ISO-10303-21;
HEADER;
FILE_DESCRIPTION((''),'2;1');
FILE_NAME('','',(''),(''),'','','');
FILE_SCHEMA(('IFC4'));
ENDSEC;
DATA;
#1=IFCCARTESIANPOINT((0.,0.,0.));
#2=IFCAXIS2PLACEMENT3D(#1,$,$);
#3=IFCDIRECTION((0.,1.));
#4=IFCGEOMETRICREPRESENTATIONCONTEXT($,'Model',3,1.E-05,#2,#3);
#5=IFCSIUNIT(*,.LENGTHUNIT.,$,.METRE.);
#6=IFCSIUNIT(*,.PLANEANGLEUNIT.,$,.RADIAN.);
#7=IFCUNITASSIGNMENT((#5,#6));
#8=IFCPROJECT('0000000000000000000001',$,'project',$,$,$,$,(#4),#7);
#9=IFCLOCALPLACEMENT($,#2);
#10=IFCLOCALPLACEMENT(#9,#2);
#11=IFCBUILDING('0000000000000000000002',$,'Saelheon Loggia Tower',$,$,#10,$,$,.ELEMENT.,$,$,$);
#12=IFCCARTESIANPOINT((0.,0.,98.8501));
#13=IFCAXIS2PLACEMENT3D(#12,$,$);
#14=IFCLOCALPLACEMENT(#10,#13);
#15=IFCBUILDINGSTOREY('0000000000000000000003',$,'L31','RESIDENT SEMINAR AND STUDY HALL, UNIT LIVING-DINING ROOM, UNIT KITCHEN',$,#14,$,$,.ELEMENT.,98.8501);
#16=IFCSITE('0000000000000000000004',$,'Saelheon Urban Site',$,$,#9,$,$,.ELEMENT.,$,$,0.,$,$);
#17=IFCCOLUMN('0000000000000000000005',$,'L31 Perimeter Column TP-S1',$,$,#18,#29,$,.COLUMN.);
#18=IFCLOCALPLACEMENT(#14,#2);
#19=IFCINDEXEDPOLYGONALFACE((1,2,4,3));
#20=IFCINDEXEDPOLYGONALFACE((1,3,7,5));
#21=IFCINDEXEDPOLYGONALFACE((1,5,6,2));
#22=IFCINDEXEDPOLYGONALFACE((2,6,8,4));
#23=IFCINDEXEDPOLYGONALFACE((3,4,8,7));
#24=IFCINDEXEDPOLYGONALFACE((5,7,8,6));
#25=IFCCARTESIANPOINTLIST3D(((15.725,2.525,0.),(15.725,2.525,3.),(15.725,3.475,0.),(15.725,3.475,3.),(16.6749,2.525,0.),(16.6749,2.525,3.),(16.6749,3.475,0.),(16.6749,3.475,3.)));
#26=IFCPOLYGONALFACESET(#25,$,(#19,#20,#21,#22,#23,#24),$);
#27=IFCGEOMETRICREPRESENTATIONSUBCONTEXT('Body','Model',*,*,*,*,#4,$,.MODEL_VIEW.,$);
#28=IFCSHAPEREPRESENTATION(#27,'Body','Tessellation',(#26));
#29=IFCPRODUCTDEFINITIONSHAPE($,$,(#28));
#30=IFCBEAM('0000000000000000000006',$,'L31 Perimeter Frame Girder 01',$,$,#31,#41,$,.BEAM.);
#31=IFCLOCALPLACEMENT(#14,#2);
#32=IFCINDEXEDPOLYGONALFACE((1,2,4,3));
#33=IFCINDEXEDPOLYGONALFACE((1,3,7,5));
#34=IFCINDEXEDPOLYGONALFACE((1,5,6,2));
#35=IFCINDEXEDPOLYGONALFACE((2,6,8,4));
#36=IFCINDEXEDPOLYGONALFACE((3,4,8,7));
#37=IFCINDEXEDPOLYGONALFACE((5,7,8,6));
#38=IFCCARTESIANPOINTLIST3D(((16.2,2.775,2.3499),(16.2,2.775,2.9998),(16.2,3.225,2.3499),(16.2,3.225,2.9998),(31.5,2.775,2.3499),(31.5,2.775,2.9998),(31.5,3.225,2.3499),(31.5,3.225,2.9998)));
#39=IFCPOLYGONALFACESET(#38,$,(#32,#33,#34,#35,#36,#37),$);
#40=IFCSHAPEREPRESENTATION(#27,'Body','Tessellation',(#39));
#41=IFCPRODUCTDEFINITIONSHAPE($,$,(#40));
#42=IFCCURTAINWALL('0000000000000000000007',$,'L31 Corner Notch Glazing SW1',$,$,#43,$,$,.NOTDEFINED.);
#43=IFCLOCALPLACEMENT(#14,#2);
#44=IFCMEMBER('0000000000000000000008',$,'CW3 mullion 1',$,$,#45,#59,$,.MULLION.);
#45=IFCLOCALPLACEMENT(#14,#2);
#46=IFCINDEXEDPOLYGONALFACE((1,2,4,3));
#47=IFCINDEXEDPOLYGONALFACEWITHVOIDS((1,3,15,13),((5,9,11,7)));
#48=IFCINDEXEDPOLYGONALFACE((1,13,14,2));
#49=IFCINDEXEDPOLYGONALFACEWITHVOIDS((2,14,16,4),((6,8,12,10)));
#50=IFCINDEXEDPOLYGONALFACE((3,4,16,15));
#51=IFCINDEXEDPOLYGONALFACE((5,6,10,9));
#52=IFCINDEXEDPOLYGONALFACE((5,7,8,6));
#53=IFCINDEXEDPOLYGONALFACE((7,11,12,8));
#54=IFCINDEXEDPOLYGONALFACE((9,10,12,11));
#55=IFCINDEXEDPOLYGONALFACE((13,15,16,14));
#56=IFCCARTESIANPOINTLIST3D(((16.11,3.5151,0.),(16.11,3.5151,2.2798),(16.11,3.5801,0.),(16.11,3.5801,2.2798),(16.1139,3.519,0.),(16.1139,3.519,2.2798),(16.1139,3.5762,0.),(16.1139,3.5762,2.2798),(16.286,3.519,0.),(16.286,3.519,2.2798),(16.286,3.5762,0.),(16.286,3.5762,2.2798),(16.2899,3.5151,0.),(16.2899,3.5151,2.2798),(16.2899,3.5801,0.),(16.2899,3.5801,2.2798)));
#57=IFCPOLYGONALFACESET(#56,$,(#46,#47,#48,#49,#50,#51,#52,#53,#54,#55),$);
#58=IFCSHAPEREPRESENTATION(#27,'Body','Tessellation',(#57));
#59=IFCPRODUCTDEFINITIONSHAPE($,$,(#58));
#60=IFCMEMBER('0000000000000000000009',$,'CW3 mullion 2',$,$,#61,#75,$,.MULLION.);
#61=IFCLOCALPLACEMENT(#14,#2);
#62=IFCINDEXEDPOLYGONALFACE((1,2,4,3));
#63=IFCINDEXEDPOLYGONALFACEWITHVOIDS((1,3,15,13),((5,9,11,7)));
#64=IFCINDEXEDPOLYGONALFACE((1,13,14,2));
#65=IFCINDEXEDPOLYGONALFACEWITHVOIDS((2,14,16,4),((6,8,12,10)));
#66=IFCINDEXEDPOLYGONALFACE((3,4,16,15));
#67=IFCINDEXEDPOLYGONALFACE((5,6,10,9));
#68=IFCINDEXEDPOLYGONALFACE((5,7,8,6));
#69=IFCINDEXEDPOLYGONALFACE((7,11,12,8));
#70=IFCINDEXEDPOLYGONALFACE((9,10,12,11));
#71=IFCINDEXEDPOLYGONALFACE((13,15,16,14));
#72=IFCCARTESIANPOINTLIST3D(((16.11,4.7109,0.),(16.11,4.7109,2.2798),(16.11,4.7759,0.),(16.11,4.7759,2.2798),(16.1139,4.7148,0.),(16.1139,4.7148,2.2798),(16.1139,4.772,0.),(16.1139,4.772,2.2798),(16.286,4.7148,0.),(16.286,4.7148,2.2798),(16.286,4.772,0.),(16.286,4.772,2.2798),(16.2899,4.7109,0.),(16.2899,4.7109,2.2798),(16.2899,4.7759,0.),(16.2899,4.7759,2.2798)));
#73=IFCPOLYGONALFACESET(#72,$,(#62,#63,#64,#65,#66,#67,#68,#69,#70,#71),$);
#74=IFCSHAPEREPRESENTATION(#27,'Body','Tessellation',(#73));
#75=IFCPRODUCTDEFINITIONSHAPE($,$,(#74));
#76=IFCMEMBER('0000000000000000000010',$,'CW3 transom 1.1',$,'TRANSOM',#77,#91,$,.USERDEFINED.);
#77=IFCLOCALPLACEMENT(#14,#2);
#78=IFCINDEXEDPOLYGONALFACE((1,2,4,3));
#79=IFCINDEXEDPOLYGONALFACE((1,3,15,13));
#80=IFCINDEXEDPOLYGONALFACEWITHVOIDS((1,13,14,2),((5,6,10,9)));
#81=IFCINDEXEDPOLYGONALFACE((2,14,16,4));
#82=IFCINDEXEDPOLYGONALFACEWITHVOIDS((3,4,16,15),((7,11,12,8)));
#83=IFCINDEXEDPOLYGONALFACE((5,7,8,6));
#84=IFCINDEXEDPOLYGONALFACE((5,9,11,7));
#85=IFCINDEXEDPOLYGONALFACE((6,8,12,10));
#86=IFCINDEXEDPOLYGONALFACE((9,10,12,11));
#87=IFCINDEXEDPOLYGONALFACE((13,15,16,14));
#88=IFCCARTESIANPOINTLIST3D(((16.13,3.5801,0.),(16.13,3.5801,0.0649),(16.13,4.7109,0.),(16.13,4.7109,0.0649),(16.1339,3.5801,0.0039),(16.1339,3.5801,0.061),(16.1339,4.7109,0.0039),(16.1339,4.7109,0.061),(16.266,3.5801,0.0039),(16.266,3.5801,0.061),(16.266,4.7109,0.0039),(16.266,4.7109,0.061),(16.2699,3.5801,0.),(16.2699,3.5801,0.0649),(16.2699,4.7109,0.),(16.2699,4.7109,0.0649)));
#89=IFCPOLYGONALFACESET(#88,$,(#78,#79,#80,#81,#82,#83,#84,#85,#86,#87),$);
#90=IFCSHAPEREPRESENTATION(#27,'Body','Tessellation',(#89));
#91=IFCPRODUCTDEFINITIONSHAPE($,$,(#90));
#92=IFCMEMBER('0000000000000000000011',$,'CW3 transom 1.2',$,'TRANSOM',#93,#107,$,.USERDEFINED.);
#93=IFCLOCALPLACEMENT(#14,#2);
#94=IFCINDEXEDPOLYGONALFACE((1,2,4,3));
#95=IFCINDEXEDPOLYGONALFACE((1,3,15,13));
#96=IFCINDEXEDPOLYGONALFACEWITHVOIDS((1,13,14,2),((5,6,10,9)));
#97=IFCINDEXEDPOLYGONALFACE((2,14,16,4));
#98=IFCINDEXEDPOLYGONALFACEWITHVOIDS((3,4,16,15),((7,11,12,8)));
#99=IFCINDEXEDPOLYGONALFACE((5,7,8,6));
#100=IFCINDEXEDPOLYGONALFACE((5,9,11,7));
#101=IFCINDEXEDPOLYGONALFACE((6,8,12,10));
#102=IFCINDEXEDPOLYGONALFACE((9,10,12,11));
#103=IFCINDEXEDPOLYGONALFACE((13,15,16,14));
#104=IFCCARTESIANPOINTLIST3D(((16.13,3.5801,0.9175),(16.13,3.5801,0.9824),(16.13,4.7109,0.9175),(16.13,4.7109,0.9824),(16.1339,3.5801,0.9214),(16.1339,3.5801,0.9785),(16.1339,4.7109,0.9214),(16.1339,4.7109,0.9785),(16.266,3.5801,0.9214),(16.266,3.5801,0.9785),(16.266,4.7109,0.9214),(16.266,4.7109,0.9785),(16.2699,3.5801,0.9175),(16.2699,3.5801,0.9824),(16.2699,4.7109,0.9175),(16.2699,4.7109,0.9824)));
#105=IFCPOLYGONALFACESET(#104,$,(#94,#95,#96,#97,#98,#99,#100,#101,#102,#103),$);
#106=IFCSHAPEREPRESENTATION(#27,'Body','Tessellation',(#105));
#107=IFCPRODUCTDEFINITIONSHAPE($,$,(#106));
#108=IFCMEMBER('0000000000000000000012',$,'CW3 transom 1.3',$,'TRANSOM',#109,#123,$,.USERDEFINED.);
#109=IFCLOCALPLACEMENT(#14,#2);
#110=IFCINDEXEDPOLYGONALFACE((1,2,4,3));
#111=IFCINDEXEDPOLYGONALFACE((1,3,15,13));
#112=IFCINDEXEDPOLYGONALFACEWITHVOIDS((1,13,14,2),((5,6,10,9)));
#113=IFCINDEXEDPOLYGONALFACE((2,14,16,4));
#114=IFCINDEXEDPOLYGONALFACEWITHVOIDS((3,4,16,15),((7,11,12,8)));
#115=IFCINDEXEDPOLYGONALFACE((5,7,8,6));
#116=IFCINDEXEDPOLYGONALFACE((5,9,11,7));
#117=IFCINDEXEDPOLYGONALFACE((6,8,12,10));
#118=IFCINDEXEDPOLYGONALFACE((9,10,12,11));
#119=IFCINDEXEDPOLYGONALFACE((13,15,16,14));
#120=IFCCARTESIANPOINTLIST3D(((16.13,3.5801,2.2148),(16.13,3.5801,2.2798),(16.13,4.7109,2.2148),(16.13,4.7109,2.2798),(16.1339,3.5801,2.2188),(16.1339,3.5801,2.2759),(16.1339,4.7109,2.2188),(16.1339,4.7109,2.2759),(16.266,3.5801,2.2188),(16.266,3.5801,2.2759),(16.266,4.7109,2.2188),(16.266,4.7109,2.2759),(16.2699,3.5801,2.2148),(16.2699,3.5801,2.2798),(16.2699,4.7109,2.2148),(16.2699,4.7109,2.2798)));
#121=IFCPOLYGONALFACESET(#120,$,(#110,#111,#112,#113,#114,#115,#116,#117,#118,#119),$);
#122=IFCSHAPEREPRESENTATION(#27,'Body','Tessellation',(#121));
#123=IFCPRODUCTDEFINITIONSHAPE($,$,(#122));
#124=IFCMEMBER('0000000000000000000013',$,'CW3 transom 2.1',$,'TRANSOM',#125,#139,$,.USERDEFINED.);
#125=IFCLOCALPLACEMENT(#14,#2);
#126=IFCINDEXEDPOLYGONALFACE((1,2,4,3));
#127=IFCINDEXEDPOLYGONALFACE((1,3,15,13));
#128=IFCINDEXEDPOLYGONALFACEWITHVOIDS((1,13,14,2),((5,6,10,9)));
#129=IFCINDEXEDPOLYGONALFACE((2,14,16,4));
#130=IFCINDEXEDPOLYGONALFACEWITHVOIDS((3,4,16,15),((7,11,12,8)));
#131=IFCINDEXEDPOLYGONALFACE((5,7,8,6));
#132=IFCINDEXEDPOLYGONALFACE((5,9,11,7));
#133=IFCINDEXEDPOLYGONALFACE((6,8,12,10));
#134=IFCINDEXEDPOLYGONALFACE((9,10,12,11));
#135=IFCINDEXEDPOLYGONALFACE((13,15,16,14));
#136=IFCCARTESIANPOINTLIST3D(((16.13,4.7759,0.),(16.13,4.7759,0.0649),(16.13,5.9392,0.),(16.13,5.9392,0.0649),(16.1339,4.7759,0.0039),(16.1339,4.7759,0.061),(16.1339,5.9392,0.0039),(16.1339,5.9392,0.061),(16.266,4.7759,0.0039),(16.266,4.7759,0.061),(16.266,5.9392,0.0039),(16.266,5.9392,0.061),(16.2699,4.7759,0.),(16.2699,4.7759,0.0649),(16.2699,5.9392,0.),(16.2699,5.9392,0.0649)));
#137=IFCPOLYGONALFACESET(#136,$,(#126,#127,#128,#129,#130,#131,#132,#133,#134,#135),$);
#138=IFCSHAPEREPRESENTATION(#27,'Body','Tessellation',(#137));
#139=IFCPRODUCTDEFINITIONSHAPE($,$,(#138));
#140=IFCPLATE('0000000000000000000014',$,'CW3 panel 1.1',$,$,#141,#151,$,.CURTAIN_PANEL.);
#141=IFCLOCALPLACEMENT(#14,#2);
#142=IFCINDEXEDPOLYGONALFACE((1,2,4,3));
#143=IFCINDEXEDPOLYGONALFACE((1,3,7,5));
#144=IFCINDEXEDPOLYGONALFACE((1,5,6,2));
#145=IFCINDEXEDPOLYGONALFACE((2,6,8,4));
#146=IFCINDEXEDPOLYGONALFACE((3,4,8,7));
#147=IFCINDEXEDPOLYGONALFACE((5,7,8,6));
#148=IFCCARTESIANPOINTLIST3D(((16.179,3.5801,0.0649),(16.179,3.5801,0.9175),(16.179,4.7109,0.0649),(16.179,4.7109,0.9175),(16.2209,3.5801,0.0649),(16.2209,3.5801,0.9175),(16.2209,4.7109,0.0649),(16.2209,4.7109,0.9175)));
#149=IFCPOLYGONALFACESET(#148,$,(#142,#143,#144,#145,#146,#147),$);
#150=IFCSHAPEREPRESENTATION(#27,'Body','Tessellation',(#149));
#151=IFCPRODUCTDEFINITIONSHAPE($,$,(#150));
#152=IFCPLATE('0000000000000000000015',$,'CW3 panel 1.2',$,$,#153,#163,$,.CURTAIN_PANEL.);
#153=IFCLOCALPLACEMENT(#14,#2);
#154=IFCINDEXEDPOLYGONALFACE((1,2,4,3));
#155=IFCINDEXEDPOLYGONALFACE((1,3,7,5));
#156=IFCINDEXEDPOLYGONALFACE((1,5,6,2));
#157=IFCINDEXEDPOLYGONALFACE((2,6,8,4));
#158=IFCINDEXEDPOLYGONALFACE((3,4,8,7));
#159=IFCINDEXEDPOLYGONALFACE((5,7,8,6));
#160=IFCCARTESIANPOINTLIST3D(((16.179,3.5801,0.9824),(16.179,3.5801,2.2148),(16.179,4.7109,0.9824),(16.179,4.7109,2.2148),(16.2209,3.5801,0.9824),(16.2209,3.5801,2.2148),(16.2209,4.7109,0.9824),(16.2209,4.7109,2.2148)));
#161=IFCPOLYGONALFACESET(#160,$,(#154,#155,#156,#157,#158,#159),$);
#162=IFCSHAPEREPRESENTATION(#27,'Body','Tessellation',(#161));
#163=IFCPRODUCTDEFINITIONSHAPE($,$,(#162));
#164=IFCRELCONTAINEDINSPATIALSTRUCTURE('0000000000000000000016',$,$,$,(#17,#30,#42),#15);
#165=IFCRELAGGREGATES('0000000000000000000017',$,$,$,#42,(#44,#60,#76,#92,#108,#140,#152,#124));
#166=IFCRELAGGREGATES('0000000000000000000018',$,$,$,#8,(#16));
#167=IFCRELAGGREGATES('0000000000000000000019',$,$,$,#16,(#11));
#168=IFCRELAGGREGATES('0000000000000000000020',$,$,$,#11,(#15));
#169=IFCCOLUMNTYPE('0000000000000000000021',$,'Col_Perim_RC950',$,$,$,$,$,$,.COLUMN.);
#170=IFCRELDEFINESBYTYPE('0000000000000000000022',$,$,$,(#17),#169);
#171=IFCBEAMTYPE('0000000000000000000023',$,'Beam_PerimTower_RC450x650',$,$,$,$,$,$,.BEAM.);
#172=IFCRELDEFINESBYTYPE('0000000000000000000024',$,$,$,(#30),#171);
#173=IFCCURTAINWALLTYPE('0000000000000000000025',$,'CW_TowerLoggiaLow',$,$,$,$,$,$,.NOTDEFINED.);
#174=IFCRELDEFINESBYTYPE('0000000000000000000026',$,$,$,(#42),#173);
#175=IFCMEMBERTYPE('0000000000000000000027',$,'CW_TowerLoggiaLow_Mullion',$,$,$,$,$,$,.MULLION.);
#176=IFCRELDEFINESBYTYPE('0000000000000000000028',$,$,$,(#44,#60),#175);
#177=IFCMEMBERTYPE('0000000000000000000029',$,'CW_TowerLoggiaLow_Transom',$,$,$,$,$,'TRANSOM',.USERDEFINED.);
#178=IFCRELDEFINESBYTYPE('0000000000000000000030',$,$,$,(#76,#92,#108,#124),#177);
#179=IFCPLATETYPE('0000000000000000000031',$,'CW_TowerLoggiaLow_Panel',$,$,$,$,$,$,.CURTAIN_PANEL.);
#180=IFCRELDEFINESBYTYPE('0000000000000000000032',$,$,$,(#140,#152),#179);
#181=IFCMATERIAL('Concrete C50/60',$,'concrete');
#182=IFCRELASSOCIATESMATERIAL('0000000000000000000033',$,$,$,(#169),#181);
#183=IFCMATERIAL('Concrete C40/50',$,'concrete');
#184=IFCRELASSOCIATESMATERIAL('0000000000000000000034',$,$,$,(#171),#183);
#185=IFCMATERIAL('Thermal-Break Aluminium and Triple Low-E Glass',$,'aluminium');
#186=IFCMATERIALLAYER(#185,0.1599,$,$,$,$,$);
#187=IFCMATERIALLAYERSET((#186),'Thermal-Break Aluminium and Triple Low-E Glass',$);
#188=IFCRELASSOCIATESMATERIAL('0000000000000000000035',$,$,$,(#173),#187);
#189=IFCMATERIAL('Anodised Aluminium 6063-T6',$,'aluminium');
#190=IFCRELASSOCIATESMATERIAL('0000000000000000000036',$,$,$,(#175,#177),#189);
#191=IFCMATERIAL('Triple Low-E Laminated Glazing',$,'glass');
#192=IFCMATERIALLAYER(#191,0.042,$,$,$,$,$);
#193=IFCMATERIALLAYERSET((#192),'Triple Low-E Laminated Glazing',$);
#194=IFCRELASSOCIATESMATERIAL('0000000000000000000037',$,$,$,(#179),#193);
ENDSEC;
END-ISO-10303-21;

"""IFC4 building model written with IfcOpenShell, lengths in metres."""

from ifc_helpers import new_model, si_unit, direction, frame, origin, origin_2d, place, context, subcontext, project, spatial, rectangle, hollow_rectangle, extrude, source, transform, mapped, material, layer, layer_set, material_profile, profile_set, type_object, element, aggregate, save


model = new_model("IFC4")

# Units and contexts
model_context = context("Model", 3, precision=1e-05, world=origin(), true_north=direction((0.0, 1.0)))
body_context = subcontext(model_context, "Body", "Model", "MODEL_VIEW")
ifc_project = project(units=[si_unit("LENGTHUNIT", "METRE"), si_unit("PLANEANGLEUNIT", "RADIAN")], contexts=[model_context])

# Site, building, storey
site_placement = place(None, origin())
site = spatial("IfcSite", under=ifc_project, at=site_placement, Name="Saelheon Urban Site", CompositionType="ELEMENT", RefElevation=0.0)
building_placement = place(site_placement, origin())
building = spatial("IfcBuilding", under=site, at=building_placement, Name="Saelheon Loggia Tower", CompositionType="ELEMENT")
storey_placement = place(building_placement, frame((0.0, 0.0, 98.8501)))
storey = spatial("IfcBuildingStorey", under=building, at=storey_placement, Name="L31", Description="RESIDENT SEMINAR AND STUDY HALL, UNIT LIVING-DINING ROOM, UNIT KITCHEN", CompositionType="ELEMENT", Elevation=98.8501)

# Column
ifc_material_1 = material(Name="Concrete C50/60", Category="concrete")
ifc_material_profile_1 = material_profile(ifc_material_1, rectangle(XDim=0.95, YDim=0.95, at=origin_2d()), Name="RC-950x950")
ifc_profile_set_1 = profile_set([ifc_material_profile_1], Name="Concrete C50/60")
column_type = type_object("IfcColumnType", Name="Col_Perim_RC950", PredefinedType="COLUMN", material=ifc_profile_set_1)
shared_shape_1 = source(origin(), body_context, "Body", "SweptSolid", [
    extrude(rectangle(XDim=0.95, YDim=0.95, at=origin_2d()), origin(), (0.0, 0.0, 1.0), 3.0),
])
column_placement = place(storey_placement, frame((16.2, 3.0, 0.0), z_axis=(0.0, 0.0, 1.0), x_axis=(1.0, 0.0, 0.0)))
element("IfcColumn", 1, at=column_placement, inside=storey, type_object=column_type, Name="L31 Perimeter Column TP-S1", PredefinedType="COLUMN", context=body_context, shape_type="MappedRepresentation", body=[
    mapped(shared_shape_1, transform((0.0, 0.0, 0.0), scale=1.0)),
])

# Beam
ifc_material_2 = material(Name="Concrete C40/50", Category="concrete")
ifc_material_profile_2 = material_profile(ifc_material_2, rectangle(XDim=0.45, YDim=0.6499, at=origin_2d()), Name="RC-450x650")
ifc_profile_set_2 = profile_set([ifc_material_profile_2], Name="Concrete C40/50")
beam_type = type_object("IfcBeamType", Name="Beam_PerimTower_RC450x650", PredefinedType="BEAM", material=ifc_profile_set_2)
shared_shape_2 = source(origin(), body_context, "Body", "SweptSolid", [
    extrude(rectangle(XDim=0.45, YDim=0.6499, at=origin_2d()), origin(), (0.0, 0.0, 1.0), 15.3),
])
beam_placement = place(storey_placement, frame((16.2, 3.0, 2.6748), z_axis=(1.0, 0.0, 0.0), x_axis=(0.0, 1.0, 0.0)))
element("IfcBeam", 2, at=beam_placement, inside=storey, type_object=beam_type, Name="L31 Perimeter Frame Girder 01", PredefinedType="BEAM", context=body_context, shape_type="MappedRepresentation", body=[
    mapped(shared_shape_2, transform((0.0, 0.0, 0.0), scale=1.0)),
])

# Curtain wall, members, plates
ifc_material_3 = material(Name="Thermal-Break Aluminium and Triple Low-E Glass", Category="aluminium")
ifc_layer_1 = layer(ifc_material_3, 0.1599)
ifc_layer_set_1 = layer_set([ifc_layer_1], Name="Thermal-Break Aluminium and Triple Low-E Glass")
curtain_wall_type = type_object("IfcCurtainWallType", Name="CW_TowerLoggiaLow", PredefinedType="NOTDEFINED", material=ifc_layer_set_1)
curtain_wall_placement = place(storey_placement, origin())
curtain_wall = element("IfcCurtainWall", 3, at=curtain_wall_placement, inside=storey, type_object=curtain_wall_type, Name="L31 Corner Notch Glazing SW1", PredefinedType="NOTDEFINED")
ifc_material_4 = material(Name="Anodised Aluminium 6063-T6", Category="aluminium")
ifc_material_profile_3 = material_profile(ifc_material_4, hollow_rectangle(XDim=0.0649, YDim=0.1799, WallThickness=0.0039, at=origin_2d()), Name="RHS-180x65x4")
ifc_profile_set_3 = profile_set([ifc_material_profile_3], Name="Anodised Aluminium 6063-T6")
member_type_1 = type_object("IfcMemberType", Name="CW_TowerLoggiaLow_Mullion", PredefinedType="MULLION", material=ifc_profile_set_3)
shared_shape_3 = source(origin(), body_context, "Body", "SweptSolid", [
    extrude(hollow_rectangle(XDim=0.0649, YDim=0.1799, WallThickness=0.0039, at=origin_2d()), origin(), (0.0, 0.0, 1.0), 2.2798),
])
member_1_placement = place(storey_placement, frame((16.2, 3.5476, 0.0), z_axis=(0.0, 0.0, 1.0), x_axis=(0.0, 1.0, 0.0)))
member_1 = element("IfcMember", 4, at=member_1_placement, type_object=member_type_1, Name="CW3 mullion 1", PredefinedType="MULLION", context=body_context, shape_type="MappedRepresentation", body=[
    mapped(shared_shape_3, transform((0.0, 0.0, 0.0), scale=1.0)),
])
member_2_placement = place(storey_placement, frame((16.2, 4.7434, 0.0), z_axis=(0.0, 0.0, 1.0), x_axis=(0.0, 1.0, 0.0)))
member_2 = element("IfcMember", 5, at=member_2_placement, type_object=member_type_1, Name="CW3 mullion 2", PredefinedType="MULLION", context=body_context, shape_type="MappedRepresentation", body=[
    mapped(shared_shape_3, transform((0.0, 0.0, 0.0), scale=1.0)),
])
ifc_material_profile_4 = material_profile(ifc_material_4, hollow_rectangle(XDim=0.0649, YDim=0.1399, WallThickness=0.0039, at=origin_2d()), Name="RHS-140x65x4")
ifc_profile_set_4 = profile_set([ifc_material_profile_4], Name="Anodised Aluminium 6063-T6")
member_type_2 = type_object("IfcMemberType", Name="CW_TowerLoggiaLow_Transom", ElementType="TRANSOM", PredefinedType="USERDEFINED", material=ifc_profile_set_4)
shared_shape_4 = source(origin(), body_context, "Body", "SweptSolid", [
    extrude(hollow_rectangle(XDim=0.0649, YDim=0.1399, WallThickness=0.0039, at=origin_2d()), origin(), (0.0, 0.0, 1.0), 1.1309),
])
member_3_placement = place(storey_placement, frame((16.2, 3.5801, 0.0325), z_axis=(0.0, 1.0, 0.0), x_axis=(0.0, 0.0, 1.0)))
member_3 = element("IfcMember", 6, at=member_3_placement, type_object=member_type_2, Name="CW3 transom 1.1", ObjectType="TRANSOM", PredefinedType="USERDEFINED", context=body_context, shape_type="MappedRepresentation", body=[
    mapped(shared_shape_4, transform((0.0, 0.0, 0.0), scale=1.0)),
])
member_4_placement = place(storey_placement, frame((16.2, 3.5801, 0.95), z_axis=(0.0, 1.0, 0.0), x_axis=(0.0, 0.0, 1.0)))
member_4 = element("IfcMember", 7, at=member_4_placement, type_object=member_type_2, Name="CW3 transom 1.2", ObjectType="TRANSOM", PredefinedType="USERDEFINED", context=body_context, shape_type="MappedRepresentation", body=[
    mapped(shared_shape_4, transform((0.0, 0.0, 0.0), scale=1.0)),
])
member_5_placement = place(storey_placement, frame((16.2, 3.5801, 2.2473), z_axis=(0.0, 1.0, 0.0), x_axis=(0.0, 0.0, 1.0)))
member_5 = element("IfcMember", 8, at=member_5_placement, type_object=member_type_2, Name="CW3 transom 1.3", ObjectType="TRANSOM", PredefinedType="USERDEFINED", context=body_context, shape_type="MappedRepresentation", body=[
    mapped(shared_shape_4, transform((0.0, 0.0, 0.0), scale=1.0)),
])
shared_shape_5 = source(origin(), body_context, "Body", "SweptSolid", [
    extrude(hollow_rectangle(XDim=0.0649, YDim=0.1399, WallThickness=0.0039, at=origin_2d()), origin(), (0.0, 0.0, 1.0), 1.1633),
])
member_6_placement = place(storey_placement, frame((16.2, 4.7759, 0.0325), z_axis=(0.0, 1.0, 0.0), x_axis=(0.0, 0.0, 1.0)))
member_6 = element("IfcMember", 9, at=member_6_placement, type_object=member_type_2, Name="CW3 transom 2.1", ObjectType="TRANSOM", PredefinedType="USERDEFINED", context=body_context, shape_type="MappedRepresentation", body=[
    mapped(shared_shape_5, transform((0.0, 0.0, 0.0), scale=1.0)),
])
ifc_material_5 = material(Name="Triple Low-E Laminated Glazing", Category="glass")
ifc_layer_2 = layer(ifc_material_5, 0.042)
ifc_layer_set_2 = layer_set([ifc_layer_2], Name="Triple Low-E Laminated Glazing")
plate_type = type_object("IfcPlateType", Name="CW_TowerLoggiaLow_Panel", PredefinedType="CURTAIN_PANEL", material=ifc_layer_set_2)
shared_shape_6 = source(origin(), body_context, "Body", "SweptSolid", [
    extrude(rectangle(XDim=1.1309, YDim=0.042, at=origin_2d()), origin(), (0.0, 0.0, 1.0), 0.8525),
])
plate_1_placement = place(storey_placement, frame((16.2, 4.1455, 0.0649), z_axis=(0.0, 0.0, 1.0), x_axis=(0.0, 1.0, 0.0)))
plate_1 = element("IfcPlate", 10, at=plate_1_placement, type_object=plate_type, Name="CW3 panel 1.1", PredefinedType="CURTAIN_PANEL", context=body_context, shape_type="MappedRepresentation", body=[
    mapped(shared_shape_6, transform((0.0, 0.0, 0.0), scale=1.0)),
])
shared_shape_7 = source(origin(), body_context, "Body", "SweptSolid", [
    extrude(rectangle(XDim=1.1309, YDim=0.042, at=origin_2d()), origin(), (0.0, 0.0, 1.0), 1.2324),
])
plate_2_placement = place(storey_placement, frame((16.2, 4.1455, 0.9824), z_axis=(0.0, 0.0, 1.0), x_axis=(0.0, 1.0, 0.0)))
plate_2 = element("IfcPlate", 11, at=plate_2_placement, type_object=plate_type, Name="CW3 panel 1.2", PredefinedType="CURTAIN_PANEL", context=body_context, shape_type="MappedRepresentation", body=[
    mapped(shared_shape_7, transform((0.0, 0.0, 0.0), scale=1.0)),
])
aggregate(curtain_wall, [member_1, member_2, member_3, member_4, member_5, plate_1, plate_2, member_6])

save(model, "model.ifc")
